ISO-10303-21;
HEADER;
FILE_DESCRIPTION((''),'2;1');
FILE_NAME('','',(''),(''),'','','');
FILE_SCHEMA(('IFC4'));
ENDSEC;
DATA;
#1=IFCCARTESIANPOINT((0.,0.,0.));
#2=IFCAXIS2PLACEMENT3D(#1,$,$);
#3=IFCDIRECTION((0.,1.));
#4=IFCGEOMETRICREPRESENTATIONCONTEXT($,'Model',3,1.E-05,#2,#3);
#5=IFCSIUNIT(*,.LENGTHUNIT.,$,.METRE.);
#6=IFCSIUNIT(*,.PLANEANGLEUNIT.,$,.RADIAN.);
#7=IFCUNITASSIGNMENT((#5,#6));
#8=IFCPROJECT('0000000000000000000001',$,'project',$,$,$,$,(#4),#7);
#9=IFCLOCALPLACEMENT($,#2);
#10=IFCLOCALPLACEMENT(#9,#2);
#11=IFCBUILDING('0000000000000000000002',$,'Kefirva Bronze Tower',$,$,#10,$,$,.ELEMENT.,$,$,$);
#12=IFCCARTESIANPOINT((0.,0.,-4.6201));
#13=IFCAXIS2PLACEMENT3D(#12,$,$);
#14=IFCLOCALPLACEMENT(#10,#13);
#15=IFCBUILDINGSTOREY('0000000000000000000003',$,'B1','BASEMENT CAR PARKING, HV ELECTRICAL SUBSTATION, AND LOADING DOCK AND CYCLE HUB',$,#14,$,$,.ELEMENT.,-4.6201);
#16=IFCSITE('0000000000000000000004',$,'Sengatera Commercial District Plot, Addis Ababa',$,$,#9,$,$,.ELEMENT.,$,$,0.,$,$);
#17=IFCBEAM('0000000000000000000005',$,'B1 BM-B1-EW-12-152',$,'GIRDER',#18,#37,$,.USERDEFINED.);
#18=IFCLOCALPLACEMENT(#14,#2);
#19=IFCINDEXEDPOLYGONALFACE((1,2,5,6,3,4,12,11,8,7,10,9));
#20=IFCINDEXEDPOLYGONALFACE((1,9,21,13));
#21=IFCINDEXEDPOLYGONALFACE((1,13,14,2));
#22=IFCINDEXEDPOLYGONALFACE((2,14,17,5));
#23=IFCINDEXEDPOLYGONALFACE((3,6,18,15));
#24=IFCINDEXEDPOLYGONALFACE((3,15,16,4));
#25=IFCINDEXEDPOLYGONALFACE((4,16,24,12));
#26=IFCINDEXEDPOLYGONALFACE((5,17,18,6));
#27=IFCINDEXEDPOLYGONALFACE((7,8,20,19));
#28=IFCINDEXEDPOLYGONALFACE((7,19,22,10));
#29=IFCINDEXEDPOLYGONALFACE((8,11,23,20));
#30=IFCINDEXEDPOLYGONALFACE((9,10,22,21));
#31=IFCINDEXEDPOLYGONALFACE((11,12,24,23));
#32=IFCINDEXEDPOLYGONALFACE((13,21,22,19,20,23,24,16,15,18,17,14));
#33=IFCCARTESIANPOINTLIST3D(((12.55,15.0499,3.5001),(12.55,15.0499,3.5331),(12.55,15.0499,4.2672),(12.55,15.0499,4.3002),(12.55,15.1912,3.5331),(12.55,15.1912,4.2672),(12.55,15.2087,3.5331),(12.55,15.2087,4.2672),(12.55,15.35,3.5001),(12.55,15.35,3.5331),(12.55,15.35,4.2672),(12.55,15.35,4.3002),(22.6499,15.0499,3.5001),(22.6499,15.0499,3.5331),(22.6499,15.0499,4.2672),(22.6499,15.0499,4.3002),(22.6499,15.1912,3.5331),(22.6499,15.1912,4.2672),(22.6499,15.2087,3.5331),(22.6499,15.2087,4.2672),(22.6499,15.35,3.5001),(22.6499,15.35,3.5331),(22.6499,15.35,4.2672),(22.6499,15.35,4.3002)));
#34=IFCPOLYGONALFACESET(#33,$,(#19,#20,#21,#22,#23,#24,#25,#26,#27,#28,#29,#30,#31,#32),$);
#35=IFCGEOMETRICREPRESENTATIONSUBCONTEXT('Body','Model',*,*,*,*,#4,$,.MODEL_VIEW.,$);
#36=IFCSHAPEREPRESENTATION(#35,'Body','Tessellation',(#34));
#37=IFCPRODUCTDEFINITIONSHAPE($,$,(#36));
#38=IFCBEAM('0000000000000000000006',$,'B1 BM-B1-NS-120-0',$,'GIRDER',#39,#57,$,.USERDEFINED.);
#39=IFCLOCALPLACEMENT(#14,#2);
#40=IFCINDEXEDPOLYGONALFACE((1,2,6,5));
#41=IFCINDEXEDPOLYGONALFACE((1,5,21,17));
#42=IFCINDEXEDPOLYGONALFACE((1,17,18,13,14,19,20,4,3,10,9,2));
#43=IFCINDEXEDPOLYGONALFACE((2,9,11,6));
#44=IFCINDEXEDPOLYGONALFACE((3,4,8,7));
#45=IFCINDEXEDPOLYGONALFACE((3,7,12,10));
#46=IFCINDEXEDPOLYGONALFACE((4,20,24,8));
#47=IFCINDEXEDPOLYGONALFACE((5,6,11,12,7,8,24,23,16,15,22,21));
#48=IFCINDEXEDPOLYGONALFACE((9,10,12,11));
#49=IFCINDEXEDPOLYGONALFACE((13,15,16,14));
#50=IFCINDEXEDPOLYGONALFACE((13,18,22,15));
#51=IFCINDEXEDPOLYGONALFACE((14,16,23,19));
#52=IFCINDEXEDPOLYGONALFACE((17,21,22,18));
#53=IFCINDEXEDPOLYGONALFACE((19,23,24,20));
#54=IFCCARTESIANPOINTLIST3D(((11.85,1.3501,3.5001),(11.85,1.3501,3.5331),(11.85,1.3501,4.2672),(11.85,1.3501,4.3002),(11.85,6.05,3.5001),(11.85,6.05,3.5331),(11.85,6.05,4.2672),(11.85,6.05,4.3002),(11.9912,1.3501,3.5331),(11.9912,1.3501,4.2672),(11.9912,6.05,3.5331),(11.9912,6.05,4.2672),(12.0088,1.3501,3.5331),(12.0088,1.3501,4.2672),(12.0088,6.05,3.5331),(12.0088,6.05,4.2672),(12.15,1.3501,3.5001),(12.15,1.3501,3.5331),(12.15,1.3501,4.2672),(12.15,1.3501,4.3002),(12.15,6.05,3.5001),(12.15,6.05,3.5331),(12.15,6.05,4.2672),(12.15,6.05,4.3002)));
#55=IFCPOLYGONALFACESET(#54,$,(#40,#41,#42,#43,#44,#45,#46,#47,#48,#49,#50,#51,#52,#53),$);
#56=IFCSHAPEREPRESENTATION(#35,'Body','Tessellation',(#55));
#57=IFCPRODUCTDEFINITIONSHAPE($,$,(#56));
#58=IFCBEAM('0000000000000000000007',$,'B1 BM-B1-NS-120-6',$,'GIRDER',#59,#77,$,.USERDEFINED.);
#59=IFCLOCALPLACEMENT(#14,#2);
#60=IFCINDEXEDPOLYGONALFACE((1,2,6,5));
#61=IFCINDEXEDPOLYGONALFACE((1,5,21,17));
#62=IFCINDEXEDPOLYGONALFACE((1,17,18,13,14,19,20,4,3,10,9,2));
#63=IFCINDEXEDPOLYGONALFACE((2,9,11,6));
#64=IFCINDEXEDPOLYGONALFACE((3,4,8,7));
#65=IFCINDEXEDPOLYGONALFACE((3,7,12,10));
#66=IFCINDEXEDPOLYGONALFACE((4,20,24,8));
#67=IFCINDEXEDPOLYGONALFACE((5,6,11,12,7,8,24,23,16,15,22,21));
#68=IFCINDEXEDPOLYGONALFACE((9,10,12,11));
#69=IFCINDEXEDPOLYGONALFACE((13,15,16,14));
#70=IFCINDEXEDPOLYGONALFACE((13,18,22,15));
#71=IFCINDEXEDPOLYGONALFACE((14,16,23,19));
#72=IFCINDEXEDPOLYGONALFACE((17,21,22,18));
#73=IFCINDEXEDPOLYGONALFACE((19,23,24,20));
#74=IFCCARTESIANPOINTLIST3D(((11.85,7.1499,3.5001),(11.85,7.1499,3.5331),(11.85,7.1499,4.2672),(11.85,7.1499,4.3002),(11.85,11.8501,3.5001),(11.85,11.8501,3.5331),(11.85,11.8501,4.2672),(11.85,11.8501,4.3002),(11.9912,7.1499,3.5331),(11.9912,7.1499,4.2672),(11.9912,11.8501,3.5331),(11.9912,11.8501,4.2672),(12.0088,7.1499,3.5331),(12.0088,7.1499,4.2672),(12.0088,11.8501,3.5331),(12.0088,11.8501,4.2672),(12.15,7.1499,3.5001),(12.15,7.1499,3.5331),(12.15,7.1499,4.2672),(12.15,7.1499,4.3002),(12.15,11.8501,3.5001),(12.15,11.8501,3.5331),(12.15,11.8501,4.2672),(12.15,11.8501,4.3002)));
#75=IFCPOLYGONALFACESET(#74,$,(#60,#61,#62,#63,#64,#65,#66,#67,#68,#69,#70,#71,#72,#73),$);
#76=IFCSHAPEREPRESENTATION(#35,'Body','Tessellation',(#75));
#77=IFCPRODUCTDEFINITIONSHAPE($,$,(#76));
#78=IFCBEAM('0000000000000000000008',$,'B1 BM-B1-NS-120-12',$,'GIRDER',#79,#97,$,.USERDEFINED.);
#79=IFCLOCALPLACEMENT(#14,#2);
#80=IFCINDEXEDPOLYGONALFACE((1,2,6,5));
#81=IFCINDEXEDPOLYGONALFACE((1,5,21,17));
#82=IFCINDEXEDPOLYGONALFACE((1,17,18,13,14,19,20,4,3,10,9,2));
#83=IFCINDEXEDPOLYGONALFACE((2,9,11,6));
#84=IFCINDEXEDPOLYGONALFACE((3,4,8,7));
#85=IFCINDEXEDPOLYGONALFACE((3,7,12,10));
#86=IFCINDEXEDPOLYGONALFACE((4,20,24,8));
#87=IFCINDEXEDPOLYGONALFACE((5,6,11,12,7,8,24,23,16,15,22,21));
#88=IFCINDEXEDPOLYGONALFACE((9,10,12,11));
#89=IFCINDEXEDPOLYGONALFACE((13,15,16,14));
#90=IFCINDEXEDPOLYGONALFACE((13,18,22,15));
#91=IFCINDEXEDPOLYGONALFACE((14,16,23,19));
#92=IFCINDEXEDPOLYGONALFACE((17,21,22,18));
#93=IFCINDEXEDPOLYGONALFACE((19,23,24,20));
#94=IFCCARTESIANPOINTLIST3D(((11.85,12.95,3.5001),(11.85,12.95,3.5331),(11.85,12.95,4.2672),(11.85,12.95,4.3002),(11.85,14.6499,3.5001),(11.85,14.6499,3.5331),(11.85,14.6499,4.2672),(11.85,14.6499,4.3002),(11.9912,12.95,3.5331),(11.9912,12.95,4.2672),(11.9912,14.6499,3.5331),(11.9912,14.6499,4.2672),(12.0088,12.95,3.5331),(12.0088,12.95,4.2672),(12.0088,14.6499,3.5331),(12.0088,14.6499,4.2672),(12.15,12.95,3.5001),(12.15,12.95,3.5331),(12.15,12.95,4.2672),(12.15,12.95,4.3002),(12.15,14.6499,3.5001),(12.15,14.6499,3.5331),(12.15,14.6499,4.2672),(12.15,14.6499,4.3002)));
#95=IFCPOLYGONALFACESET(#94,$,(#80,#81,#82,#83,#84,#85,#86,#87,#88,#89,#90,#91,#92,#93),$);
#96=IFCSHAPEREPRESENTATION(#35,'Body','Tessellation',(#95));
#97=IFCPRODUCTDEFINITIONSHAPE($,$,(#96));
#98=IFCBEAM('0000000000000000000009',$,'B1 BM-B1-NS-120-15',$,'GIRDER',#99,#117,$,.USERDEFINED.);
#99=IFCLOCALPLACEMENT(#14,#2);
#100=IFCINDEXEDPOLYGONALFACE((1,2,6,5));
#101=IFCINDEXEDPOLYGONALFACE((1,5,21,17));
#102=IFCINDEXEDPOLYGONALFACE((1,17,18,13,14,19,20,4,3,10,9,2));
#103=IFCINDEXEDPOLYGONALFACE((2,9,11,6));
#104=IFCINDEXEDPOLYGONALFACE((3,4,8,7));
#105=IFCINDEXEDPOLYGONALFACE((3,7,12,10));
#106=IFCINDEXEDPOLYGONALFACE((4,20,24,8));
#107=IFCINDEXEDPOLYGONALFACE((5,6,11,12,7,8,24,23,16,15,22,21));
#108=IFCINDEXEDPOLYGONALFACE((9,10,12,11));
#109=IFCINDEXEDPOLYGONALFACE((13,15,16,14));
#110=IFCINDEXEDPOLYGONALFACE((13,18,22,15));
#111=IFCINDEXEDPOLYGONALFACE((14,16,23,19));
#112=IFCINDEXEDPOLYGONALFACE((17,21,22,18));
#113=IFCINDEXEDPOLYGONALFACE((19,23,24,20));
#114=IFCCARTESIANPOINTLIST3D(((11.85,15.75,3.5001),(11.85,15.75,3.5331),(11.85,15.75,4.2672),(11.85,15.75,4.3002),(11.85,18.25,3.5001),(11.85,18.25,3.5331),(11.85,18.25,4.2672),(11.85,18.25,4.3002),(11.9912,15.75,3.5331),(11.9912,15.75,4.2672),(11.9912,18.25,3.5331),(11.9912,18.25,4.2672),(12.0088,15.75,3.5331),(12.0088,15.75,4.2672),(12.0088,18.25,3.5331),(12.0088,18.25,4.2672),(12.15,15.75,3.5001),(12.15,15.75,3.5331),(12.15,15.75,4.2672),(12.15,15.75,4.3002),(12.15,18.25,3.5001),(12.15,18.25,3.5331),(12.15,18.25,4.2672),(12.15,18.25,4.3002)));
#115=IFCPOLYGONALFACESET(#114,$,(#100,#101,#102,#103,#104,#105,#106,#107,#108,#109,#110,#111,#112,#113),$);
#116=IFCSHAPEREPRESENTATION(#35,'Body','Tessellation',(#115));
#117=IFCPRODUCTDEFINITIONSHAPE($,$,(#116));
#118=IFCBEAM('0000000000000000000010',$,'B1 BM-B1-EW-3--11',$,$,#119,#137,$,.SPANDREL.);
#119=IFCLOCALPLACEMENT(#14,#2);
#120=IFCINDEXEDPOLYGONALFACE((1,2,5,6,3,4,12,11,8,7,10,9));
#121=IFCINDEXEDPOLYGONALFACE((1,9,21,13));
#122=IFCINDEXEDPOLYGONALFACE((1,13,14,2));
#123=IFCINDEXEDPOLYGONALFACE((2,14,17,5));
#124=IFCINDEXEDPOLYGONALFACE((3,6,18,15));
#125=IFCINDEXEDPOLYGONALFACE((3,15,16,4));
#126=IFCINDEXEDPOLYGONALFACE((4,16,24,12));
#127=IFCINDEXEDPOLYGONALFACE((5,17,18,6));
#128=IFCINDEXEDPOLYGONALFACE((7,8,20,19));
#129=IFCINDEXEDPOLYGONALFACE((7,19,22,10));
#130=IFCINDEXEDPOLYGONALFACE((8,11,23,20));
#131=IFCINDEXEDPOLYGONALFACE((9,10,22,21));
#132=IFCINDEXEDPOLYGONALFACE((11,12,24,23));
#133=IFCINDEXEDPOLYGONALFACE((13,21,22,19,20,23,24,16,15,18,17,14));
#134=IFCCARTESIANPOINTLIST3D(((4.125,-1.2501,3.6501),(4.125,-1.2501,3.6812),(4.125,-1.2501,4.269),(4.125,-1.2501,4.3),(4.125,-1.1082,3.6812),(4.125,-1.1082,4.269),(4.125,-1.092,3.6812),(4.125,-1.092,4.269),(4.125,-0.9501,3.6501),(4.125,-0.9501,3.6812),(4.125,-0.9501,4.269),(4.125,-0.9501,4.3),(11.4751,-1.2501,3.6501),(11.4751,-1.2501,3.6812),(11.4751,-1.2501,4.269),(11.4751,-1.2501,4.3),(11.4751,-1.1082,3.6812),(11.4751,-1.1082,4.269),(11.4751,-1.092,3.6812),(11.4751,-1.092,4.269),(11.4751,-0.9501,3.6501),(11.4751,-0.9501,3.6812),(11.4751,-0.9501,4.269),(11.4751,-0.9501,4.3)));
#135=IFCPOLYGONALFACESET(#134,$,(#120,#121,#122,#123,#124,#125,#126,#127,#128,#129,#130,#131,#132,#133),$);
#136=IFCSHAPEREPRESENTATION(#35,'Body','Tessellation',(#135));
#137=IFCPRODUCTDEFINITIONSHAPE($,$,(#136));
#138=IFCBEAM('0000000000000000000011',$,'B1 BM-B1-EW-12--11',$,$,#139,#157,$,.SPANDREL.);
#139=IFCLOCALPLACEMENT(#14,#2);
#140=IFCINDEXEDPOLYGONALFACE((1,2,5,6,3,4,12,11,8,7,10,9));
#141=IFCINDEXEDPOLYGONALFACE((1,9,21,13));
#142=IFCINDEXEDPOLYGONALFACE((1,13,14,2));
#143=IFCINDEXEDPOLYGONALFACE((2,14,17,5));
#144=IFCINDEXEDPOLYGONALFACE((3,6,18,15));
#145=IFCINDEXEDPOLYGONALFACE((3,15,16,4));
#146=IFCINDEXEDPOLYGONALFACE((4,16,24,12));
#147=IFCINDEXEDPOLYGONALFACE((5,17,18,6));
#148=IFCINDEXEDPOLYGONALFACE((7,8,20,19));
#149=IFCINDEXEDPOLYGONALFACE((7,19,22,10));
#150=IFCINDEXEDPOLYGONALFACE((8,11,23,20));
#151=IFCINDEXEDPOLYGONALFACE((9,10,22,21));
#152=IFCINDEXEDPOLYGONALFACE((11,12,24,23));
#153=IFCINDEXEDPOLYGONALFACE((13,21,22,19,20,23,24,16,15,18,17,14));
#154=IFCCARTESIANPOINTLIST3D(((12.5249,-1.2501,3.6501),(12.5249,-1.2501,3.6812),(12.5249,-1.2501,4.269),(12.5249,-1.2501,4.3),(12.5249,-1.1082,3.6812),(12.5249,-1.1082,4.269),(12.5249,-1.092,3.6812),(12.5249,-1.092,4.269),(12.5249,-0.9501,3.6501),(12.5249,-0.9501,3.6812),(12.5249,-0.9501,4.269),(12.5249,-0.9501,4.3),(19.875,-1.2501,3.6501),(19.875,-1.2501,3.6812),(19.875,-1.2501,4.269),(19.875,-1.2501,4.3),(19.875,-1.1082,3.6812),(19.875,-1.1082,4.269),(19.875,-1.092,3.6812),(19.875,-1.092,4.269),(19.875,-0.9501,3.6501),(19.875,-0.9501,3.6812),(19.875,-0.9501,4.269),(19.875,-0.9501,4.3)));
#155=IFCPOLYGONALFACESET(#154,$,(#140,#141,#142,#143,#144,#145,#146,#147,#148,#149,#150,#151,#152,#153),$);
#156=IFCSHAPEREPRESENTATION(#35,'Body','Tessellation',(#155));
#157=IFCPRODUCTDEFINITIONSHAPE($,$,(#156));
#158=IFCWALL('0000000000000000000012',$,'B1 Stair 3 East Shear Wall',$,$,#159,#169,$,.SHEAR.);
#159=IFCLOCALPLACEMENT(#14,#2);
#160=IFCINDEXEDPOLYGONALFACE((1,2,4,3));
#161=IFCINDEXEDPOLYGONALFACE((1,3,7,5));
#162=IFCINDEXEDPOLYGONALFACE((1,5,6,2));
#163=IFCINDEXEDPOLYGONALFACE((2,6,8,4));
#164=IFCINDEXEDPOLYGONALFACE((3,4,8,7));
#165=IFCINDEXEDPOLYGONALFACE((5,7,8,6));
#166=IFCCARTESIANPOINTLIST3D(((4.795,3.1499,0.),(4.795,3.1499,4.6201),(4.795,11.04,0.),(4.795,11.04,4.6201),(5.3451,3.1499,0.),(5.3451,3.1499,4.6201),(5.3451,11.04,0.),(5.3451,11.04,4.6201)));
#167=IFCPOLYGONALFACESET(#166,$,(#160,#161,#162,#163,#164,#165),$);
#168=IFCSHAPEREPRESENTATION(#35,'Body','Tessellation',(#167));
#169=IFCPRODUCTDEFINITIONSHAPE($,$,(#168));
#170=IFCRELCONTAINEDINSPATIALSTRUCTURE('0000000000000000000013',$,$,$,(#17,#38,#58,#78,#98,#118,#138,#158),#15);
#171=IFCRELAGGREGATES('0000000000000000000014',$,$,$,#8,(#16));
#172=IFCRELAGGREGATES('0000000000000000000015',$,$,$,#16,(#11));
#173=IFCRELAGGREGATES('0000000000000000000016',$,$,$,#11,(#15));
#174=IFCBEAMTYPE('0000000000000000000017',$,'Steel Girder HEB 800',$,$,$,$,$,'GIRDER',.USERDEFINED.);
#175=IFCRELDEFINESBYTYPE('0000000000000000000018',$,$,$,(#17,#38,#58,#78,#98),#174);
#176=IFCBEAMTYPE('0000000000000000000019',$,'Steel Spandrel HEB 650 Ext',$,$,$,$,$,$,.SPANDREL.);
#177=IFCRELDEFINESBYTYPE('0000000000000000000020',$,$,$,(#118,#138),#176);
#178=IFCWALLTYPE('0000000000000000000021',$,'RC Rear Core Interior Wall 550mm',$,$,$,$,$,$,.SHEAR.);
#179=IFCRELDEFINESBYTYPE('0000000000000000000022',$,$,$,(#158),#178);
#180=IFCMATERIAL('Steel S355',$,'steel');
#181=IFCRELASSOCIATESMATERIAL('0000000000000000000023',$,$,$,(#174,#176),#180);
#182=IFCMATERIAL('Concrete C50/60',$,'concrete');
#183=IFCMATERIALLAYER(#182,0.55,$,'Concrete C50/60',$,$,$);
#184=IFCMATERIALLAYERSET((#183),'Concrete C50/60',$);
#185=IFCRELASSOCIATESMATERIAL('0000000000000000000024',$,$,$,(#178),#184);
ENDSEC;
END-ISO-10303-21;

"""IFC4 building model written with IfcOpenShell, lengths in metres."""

from ifc_helpers import new_model, si_unit, direction, frame, frame_2d, origin, origin_2d, place, context, subcontext, project, spatial, rectangle, i_section, extrude, material, layer, layer_set, material_profile, profile_set, type_object, element, save


model = new_model("IFC4")

# Units and contexts
model_context = context("Model", 3, precision=1e-05, world=origin(), true_north=direction((0.0, 1.0)))
body_context = subcontext(model_context, "Body", "Model", "MODEL_VIEW")
ifc_project = project(units=[si_unit("LENGTHUNIT", "METRE"), si_unit("PLANEANGLEUNIT", "RADIAN")], contexts=[model_context])

# Site, building, storey
site_placement = place(None, origin())
site = spatial("IfcSite", under=ifc_project, at=site_placement, Name="Sengatera Commercial District Plot, Addis Ababa", CompositionType="ELEMENT", RefElevation=0.0)
building_placement = place(site_placement, origin())
building = spatial("IfcBuilding", under=site, at=building_placement, Name="Kefirva Bronze Tower", CompositionType="ELEMENT")
storey_placement = place(building_placement, frame((0.0, 0.0, -4.6201)))
storey = spatial("IfcBuildingStorey", under=building, at=storey_placement, Name="B1", Description="BASEMENT CAR PARKING, HV ELECTRICAL SUBSTATION, AND LOADING DOCK AND CYCLE HUB", CompositionType="ELEMENT", Elevation=-4.6201)

# Beams
ifc_material_1 = material(Name="Steel S355", Category="steel")
ifc_material_profile_1 = material_profile(ifc_material_1, i_section(OverallWidth=0.3, OverallDepth=0.8, WebThickness=0.0176, FlangeThickness=0.033, at=origin_2d()), Name="HEB 800")
ifc_profile_set_1 = profile_set([ifc_material_profile_1], Name="Steel S355")
beam_type_1 = type_object("IfcBeamType", Name="Steel Girder HEB 800", ElementType="GIRDER", PredefinedType="USERDEFINED", material=ifc_profile_set_1)
for number, where, z_axis, x_axis, name in (
    (1, (12.55, 15.2, 3.9001), (1.0, 0.0, 0.0), (0.0, 1.0, 0.0), "B1 BM-B1-EW-12-152"),
):
    element("IfcBeam", number, at=place(storey_placement, frame(where, z_axis=z_axis, x_axis=x_axis)), inside=storey, type_object=beam_type_1, Name=name, ObjectType="GIRDER", PredefinedType="USERDEFINED", context=body_context, shape_type="SweptSolid", body=[
        extrude(i_section(OverallWidth=0.3, OverallDepth=0.8, WebThickness=0.0176, FlangeThickness=0.033, at=origin_2d()), origin(), (0.0, 0.0, 1.0), 10.0999),
    ])
beam_1_placement = place(storey_placement, frame((12.0, 1.3501, 3.9001), z_axis=(0.0, 1.0, 0.0), x_axis=(-1.0, 0.0, 0.0)))
element("IfcBeam", 2, at=beam_1_placement, inside=storey, type_object=beam_type_1, Name="B1 BM-B1-NS-120-0", ObjectType="GIRDER", PredefinedType="USERDEFINED", context=body_context, shape_type="SweptSolid", body=[
    extrude(i_section(OverallWidth=0.3, OverallDepth=0.8, WebThickness=0.0176, FlangeThickness=0.033, at=origin_2d()), origin(), (0.0, 0.0, 1.0), 4.7),
])
beam_2_placement = place(storey_placement, frame((12.0, 7.1499, 3.9001), z_axis=(0.0, 1.0, 0.0), x_axis=(-1.0, 0.0, 0.0)))
element("IfcBeam", 3, at=beam_2_placement, inside=storey, type_object=beam_type_1, Name="B1 BM-B1-NS-120-6", ObjectType="GIRDER", PredefinedType="USERDEFINED", context=body_context, shape_type="SweptSolid", body=[
    extrude(i_section(OverallWidth=0.3, OverallDepth=0.8, WebThickness=0.0176, FlangeThickness=0.033, at=origin_2d()), origin(), (0.0, 0.0, 1.0), 4.7002),
])
beam_3_placement = place(storey_placement, frame((12.0, 12.95, 3.9001), z_axis=(0.0, 1.0, 0.0), x_axis=(-1.0, 0.0, 0.0)))
element("IfcBeam", 4, at=beam_3_placement, inside=storey, type_object=beam_type_1, Name="B1 BM-B1-NS-120-12", ObjectType="GIRDER", PredefinedType="USERDEFINED", context=body_context, shape_type="SweptSolid", body=[
    extrude(i_section(OverallWidth=0.3, OverallDepth=0.8, WebThickness=0.0176, FlangeThickness=0.033, at=origin_2d()), origin(), (0.0, 0.0, 1.0), 1.7),
])
beam_4_placement = place(storey_placement, frame((12.0, 15.75, 3.9001), z_axis=(0.0, 1.0, 0.0), x_axis=(-1.0, 0.0, 0.0)))
element("IfcBeam", 5, at=beam_4_placement, inside=storey, type_object=beam_type_1, Name="B1 BM-B1-NS-120-15", ObjectType="GIRDER", PredefinedType="USERDEFINED", context=body_context, shape_type="SweptSolid", body=[
    extrude(i_section(OverallWidth=0.3, OverallDepth=0.8, WebThickness=0.0176, FlangeThickness=0.033, at=origin_2d()), origin(), (0.0, 0.0, 1.0), 2.5),
])
ifc_material_profile_2 = material_profile(ifc_material_1, i_section(OverallWidth=0.3, OverallDepth=0.6499, WebThickness=0.0161, FlangeThickness=0.031, at=origin_2d()), Name="HEB 650")
ifc_profile_set_2 = profile_set([ifc_material_profile_2], Name="Steel S355")
beam_type_2 = type_object("IfcBeamType", Name="Steel Spandrel HEB 650 Ext", PredefinedType="SPANDREL", material=ifc_profile_set_2)
for number, where, z_axis, x_axis, name in (
    (6, (4.125, -1.1001, 3.9751), (1.0, 0.0, 0.0), (0.0, 1.0, 0.0), "B1 BM-B1-EW-3--11"),
    (7, (12.5249, -1.1001, 3.9751), (1.0, 0.0, 0.0), (0.0, 1.0, 0.0), "B1 BM-B1-EW-12--11"),
):
    element("IfcBeam", number, at=place(storey_placement, frame(where, z_axis=z_axis, x_axis=x_axis)), inside=storey, type_object=beam_type_2, Name=name, PredefinedType="SPANDREL", context=body_context, shape_type="SweptSolid", body=[
        extrude(i_section(OverallWidth=0.3, OverallDepth=0.6499, WebThickness=0.0161, FlangeThickness=0.031, at=origin_2d()), origin(), (0.0, 0.0, 1.0), 7.3501),
    ])

# Wall
ifc_material_2 = material(Name="Concrete C50/60", Category="concrete")
ifc_layer = layer(ifc_material_2, 0.55, Name="Concrete C50/60")
ifc_layer_set = layer_set([ifc_layer], Name="Concrete C50/60")
wall_type = type_object("IfcWallType", Name="RC Rear Core Interior Wall 550mm", PredefinedType="SHEAR", material=ifc_layer_set)
wall_placement = place(storey_placement, frame((5.0701, 3.1499, 0.0), z_axis=(0.0, 0.0, 1.0), x_axis=(0.0, 1.0, 0.0)))
element("IfcWall", 8, at=wall_placement, inside=storey, type_object=wall_type, Name="B1 Stair 3 East Shear Wall", PredefinedType="SHEAR", context=body_context, shape_type="SweptSolid", body=[
    extrude(rectangle(XDim=7.8901, YDim=0.55, at=frame_2d((3.9451, 0.0))), origin(), (0.0, 0.0, 1.0), 4.6201),
])

save(model, "model.ifc")
